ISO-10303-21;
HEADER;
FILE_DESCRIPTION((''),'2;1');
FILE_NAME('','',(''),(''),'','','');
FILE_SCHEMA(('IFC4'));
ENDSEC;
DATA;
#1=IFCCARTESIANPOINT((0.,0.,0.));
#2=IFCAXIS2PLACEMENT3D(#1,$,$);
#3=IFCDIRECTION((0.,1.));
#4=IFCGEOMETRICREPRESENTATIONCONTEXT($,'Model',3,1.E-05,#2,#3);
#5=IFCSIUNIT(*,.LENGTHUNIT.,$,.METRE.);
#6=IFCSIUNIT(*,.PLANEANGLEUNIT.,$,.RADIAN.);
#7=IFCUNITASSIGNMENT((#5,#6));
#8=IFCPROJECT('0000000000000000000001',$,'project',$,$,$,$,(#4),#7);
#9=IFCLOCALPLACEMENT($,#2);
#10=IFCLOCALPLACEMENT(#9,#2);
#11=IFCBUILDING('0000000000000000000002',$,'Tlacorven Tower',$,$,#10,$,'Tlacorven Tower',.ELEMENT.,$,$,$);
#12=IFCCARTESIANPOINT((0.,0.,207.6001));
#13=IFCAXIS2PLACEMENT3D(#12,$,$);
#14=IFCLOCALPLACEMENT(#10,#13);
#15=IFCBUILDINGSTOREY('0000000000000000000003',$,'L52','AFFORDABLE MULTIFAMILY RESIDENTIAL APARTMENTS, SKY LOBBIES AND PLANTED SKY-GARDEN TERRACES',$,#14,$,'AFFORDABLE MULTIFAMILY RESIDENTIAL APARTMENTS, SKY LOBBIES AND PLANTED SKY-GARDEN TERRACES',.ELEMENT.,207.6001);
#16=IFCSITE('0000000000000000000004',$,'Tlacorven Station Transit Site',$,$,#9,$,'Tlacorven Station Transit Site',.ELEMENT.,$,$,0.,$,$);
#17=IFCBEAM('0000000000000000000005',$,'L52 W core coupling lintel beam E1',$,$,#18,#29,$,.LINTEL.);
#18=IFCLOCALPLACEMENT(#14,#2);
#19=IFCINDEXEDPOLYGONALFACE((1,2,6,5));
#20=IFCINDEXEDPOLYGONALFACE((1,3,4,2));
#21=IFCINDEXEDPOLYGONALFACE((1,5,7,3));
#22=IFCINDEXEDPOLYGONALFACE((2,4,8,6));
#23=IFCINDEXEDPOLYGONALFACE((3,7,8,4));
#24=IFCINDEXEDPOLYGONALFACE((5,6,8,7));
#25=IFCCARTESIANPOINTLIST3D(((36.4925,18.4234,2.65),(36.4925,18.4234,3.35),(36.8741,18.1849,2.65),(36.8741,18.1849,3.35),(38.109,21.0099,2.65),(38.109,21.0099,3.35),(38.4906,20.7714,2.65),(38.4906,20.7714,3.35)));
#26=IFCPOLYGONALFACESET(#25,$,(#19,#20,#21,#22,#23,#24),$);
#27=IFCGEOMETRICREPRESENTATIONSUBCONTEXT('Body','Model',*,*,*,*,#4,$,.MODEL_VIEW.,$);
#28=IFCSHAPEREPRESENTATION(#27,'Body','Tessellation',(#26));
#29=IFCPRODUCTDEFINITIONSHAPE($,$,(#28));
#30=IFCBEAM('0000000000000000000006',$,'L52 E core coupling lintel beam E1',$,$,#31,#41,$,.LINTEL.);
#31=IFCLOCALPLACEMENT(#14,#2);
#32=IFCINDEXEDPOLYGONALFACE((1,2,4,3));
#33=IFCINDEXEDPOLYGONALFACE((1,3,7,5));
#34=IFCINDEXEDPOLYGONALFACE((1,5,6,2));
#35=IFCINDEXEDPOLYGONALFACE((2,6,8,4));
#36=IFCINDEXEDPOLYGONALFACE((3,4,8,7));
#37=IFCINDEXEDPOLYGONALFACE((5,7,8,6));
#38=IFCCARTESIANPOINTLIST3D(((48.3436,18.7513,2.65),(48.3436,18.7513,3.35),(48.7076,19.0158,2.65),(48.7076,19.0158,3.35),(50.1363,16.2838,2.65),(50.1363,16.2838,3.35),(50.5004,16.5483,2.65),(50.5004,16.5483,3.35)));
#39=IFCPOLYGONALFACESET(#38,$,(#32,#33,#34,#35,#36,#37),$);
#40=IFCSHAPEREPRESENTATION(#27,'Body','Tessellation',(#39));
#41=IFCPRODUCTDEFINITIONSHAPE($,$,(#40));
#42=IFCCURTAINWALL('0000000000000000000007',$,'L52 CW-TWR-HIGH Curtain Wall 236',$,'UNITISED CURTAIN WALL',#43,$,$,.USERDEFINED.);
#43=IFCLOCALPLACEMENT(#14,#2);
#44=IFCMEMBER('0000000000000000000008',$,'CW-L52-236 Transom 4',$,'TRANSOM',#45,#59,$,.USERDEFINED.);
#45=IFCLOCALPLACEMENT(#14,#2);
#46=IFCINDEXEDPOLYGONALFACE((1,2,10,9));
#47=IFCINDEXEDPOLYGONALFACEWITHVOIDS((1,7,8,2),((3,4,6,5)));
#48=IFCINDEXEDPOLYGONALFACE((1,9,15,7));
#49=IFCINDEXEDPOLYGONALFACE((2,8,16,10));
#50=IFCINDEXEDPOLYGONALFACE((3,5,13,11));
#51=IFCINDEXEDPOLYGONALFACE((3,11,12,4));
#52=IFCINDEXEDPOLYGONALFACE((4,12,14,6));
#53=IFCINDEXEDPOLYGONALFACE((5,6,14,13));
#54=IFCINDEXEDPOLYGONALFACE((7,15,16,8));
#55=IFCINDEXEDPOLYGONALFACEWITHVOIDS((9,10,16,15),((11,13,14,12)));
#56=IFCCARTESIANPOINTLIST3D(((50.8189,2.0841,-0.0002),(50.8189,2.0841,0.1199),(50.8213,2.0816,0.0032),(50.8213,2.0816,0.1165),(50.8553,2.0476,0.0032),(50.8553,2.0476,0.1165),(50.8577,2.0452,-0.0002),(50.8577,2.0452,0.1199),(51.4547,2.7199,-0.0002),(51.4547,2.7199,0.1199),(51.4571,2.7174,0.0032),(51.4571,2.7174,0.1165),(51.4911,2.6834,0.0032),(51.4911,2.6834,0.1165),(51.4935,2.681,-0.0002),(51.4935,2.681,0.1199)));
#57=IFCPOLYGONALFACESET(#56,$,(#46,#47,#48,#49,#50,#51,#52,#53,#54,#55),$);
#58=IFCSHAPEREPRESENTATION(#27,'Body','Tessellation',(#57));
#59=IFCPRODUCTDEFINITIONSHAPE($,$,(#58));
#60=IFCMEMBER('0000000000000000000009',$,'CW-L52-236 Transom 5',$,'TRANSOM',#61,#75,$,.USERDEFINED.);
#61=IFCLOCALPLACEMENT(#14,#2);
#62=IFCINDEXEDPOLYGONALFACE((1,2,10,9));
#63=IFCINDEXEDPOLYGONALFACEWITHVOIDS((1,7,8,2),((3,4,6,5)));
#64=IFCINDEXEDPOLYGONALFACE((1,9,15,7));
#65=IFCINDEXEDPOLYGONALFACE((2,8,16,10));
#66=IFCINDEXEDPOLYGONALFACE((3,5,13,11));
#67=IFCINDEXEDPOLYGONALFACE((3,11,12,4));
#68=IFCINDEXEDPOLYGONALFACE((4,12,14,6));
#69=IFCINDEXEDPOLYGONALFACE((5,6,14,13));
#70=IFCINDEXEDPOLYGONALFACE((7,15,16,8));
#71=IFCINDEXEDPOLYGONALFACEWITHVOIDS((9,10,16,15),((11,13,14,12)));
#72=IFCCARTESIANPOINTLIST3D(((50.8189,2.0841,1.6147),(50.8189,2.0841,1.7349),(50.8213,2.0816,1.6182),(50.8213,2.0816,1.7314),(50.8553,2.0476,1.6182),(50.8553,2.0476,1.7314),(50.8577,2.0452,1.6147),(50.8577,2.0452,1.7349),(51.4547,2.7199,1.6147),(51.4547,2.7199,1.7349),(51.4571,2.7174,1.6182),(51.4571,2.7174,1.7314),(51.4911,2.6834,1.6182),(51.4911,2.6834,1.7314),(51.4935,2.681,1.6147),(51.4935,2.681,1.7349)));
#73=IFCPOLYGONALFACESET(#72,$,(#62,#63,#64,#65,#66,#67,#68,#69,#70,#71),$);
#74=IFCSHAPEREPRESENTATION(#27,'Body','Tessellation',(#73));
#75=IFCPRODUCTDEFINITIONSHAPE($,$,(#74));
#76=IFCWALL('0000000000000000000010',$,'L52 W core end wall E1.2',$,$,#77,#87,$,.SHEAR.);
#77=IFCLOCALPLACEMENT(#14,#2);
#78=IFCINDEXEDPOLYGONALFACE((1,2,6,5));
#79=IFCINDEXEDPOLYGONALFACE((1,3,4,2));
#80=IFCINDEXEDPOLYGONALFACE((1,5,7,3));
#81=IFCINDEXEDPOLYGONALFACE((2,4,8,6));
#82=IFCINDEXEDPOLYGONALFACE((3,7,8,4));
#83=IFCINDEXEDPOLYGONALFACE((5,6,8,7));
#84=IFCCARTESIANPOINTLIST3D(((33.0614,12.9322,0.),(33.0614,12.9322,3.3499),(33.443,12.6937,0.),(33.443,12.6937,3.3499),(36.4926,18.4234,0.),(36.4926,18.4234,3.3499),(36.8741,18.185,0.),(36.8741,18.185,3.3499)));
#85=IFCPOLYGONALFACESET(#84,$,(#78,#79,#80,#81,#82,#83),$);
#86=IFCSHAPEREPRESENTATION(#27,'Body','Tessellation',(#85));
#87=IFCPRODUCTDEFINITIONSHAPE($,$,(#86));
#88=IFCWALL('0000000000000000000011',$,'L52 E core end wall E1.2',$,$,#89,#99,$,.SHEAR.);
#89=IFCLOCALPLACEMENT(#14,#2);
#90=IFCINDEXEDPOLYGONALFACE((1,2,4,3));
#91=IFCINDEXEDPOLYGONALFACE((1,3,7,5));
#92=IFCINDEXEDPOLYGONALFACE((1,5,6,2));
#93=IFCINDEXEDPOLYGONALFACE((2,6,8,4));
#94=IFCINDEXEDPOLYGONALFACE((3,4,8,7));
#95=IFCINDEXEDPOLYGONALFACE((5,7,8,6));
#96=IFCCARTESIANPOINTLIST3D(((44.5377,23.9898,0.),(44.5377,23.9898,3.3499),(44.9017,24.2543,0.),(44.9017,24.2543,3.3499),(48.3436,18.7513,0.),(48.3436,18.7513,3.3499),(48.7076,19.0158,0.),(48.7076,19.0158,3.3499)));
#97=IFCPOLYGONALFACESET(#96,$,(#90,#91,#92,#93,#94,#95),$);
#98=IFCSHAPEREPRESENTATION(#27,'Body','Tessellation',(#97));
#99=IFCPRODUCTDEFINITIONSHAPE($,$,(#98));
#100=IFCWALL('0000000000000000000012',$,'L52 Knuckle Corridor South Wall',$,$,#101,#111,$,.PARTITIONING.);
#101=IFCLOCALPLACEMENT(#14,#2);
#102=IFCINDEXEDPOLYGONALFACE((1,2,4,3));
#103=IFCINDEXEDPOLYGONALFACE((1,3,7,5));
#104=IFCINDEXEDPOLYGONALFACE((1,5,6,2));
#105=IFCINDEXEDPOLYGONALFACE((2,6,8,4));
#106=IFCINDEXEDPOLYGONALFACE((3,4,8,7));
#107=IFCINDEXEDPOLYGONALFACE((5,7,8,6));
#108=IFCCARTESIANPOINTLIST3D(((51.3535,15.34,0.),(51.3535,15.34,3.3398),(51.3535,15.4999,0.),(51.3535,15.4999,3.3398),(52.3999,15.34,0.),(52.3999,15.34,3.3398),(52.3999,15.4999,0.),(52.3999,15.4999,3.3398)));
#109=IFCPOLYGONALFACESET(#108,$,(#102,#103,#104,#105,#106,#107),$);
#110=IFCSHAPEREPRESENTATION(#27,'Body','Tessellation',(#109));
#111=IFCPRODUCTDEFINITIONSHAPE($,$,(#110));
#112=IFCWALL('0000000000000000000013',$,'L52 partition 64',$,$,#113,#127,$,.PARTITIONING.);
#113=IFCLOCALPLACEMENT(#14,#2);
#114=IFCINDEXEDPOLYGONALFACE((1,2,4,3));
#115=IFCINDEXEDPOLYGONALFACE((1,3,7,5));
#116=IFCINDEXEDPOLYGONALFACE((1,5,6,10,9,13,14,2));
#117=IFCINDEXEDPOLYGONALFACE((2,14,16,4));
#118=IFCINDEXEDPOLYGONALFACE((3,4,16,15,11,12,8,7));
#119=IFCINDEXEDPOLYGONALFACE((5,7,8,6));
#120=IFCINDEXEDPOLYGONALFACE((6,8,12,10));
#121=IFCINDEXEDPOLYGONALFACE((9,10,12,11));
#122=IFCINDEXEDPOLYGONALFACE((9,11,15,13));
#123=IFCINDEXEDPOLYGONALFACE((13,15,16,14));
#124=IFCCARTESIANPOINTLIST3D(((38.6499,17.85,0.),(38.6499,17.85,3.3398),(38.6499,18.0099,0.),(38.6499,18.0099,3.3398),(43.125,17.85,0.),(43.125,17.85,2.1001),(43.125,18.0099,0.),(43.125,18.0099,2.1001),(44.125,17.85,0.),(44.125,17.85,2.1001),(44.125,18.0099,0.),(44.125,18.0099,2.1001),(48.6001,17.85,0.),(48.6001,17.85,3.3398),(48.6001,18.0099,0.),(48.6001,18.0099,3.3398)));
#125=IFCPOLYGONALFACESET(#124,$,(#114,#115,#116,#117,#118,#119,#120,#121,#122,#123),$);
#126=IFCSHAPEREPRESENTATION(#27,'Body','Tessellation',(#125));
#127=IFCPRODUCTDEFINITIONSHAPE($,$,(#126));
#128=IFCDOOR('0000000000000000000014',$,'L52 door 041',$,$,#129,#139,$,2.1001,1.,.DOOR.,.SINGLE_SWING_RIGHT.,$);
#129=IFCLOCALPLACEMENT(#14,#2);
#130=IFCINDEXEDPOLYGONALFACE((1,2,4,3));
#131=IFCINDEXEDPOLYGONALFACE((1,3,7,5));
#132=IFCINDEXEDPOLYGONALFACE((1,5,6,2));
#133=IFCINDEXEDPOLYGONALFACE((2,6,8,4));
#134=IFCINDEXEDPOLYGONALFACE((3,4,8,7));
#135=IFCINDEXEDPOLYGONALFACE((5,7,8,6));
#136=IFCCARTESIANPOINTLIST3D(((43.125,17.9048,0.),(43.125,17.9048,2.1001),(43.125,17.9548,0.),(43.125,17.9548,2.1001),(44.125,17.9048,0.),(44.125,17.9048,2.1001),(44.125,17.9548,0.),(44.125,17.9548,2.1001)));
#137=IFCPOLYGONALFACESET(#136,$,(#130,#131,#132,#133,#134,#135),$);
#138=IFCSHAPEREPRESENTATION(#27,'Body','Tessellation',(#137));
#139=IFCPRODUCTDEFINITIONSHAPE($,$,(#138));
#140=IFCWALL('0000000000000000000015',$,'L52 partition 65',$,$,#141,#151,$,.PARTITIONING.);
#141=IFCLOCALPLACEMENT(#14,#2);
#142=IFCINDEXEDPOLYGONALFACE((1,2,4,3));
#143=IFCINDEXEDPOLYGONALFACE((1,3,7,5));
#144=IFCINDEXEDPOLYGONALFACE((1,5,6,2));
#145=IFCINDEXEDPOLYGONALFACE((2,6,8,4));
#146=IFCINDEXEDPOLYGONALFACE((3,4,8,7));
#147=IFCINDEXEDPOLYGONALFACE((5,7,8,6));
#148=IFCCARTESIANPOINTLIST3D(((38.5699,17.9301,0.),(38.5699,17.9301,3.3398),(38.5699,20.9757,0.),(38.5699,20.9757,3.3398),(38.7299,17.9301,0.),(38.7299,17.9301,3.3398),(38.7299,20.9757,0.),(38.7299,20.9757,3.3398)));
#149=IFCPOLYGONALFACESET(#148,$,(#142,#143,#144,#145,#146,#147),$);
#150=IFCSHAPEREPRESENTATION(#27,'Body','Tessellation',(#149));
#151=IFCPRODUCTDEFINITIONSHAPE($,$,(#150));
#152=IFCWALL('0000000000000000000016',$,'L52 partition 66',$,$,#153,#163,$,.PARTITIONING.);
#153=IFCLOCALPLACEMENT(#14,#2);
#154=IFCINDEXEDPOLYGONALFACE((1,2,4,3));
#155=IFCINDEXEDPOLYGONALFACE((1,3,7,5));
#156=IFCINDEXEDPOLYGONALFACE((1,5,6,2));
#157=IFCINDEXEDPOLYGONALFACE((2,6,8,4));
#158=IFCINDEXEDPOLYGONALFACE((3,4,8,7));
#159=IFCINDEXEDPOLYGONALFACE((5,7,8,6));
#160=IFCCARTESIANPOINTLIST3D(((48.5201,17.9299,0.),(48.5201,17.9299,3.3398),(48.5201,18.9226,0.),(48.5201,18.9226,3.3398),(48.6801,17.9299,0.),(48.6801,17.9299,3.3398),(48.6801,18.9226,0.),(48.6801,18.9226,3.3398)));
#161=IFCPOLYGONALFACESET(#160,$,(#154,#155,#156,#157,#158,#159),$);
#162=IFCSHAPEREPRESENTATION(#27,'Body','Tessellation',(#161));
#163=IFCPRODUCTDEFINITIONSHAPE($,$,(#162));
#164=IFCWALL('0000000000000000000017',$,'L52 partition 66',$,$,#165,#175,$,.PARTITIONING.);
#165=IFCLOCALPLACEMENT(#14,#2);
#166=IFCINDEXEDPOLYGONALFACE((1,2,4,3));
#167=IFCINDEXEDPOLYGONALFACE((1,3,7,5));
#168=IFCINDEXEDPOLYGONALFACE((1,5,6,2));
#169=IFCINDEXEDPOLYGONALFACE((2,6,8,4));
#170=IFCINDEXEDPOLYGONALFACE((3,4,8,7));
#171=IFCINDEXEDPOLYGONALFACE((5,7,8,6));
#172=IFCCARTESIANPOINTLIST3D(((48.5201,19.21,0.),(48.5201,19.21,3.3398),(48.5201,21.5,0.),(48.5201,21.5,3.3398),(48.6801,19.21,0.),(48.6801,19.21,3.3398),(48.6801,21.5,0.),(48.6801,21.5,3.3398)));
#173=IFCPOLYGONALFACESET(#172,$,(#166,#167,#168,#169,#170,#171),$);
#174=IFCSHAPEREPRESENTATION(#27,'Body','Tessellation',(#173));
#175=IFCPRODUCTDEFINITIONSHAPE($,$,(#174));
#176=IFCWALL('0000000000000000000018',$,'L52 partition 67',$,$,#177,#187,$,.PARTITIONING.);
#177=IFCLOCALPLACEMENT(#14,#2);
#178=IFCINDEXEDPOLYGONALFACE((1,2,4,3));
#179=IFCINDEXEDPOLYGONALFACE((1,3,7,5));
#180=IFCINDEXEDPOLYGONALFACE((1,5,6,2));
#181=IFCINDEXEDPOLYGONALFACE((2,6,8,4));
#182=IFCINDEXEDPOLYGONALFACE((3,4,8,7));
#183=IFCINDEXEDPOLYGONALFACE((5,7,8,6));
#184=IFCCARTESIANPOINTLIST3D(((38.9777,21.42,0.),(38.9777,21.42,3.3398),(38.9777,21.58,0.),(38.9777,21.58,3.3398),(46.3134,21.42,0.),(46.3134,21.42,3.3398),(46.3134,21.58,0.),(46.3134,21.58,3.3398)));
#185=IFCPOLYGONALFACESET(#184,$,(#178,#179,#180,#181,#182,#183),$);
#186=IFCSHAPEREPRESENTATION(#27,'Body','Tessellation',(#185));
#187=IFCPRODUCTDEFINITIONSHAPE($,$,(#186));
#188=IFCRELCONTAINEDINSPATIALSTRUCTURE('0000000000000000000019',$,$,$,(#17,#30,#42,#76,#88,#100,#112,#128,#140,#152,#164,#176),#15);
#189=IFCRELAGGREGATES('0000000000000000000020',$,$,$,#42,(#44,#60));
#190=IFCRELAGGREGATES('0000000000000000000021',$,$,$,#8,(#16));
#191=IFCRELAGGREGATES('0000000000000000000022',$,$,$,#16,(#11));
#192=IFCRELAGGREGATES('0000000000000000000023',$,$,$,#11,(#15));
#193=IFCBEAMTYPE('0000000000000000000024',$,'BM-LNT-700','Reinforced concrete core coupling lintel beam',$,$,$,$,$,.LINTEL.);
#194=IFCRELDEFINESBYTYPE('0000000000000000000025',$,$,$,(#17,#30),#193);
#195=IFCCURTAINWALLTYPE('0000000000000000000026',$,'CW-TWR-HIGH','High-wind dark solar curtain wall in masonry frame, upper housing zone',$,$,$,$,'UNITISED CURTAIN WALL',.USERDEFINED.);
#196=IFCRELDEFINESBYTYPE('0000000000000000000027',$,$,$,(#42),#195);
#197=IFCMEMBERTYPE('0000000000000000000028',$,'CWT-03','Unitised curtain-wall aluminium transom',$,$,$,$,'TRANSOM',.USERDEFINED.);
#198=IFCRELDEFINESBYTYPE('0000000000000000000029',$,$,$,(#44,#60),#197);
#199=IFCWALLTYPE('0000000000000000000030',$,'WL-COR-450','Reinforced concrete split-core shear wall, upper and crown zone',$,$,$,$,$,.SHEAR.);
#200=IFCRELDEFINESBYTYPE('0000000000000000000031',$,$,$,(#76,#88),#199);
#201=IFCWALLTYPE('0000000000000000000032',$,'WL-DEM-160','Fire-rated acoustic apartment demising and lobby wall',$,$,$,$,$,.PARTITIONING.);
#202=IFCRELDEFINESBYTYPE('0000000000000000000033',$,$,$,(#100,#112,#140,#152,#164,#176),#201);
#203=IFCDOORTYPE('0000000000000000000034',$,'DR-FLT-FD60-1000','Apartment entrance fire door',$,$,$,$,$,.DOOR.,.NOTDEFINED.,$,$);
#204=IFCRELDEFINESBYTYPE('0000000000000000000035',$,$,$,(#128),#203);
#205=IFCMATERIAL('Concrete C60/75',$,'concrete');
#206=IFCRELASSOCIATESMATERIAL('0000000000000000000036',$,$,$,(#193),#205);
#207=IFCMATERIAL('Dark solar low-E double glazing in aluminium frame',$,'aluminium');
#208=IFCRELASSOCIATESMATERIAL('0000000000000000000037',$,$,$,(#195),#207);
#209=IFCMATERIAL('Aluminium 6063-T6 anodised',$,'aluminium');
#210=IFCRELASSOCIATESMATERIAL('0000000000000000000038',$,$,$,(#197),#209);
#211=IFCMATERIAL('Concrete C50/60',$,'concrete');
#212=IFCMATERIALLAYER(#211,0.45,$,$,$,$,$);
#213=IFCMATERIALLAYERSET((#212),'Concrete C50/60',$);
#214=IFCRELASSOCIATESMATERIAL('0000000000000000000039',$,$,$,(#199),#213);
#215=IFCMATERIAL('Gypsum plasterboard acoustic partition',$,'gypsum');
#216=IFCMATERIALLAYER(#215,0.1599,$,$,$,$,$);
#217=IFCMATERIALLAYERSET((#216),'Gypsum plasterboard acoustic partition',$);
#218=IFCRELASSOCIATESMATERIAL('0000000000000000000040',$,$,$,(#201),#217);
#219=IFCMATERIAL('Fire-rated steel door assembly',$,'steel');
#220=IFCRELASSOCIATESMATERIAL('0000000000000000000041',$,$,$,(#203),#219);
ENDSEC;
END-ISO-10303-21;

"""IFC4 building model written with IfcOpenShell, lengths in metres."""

from ifc_helpers import new_model, si_unit, direction, frame, frame_2d, origin, origin_2d, place, context, subcontext, project, spatial, rectangle, hollow_rectangle, extrude, source, transform, mapped, material, layer, layer_set, material_profile, profile_set, type_object, element, fill, aggregate, save


model = new_model("IFC4")

# Units and contexts
model_context = context("Model", 3, precision=1e-05, world=origin(), true_north=direction((0.0, 1.0)))
body_context = subcontext(model_context, "Body", "Model", "MODEL_VIEW")
ifc_project = project(units=[si_unit("LENGTHUNIT", "METRE"), si_unit("PLANEANGLEUNIT", "RADIAN")], contexts=[model_context])

# Site, building, storey
site_placement = place(None, origin())
site = spatial("IfcSite", under=ifc_project, at=site_placement, Name="Tlacorven Station Transit Site", LongName="Tlacorven Station Transit Site", CompositionType="ELEMENT", RefElevation=0.0)
building_placement = place(site_placement, origin())
building = spatial("IfcBuilding", under=site, at=building_placement, Name="Tlacorven Tower", LongName="Tlacorven Tower", CompositionType="ELEMENT")
storey_placement = place(building_placement, frame((0.0, 0.0, 207.6001)))
storey = spatial("IfcBuildingStorey", under=building, at=storey_placement, Name="L52", Description="AFFORDABLE MULTIFAMILY RESIDENTIAL APARTMENTS, SKY LOBBIES AND PLANTED SKY-GARDEN TERRACES", LongName="AFFORDABLE MULTIFAMILY RESIDENTIAL APARTMENTS, SKY LOBBIES AND PLANTED SKY-GARDEN TERRACES", CompositionType="ELEMENT", Elevation=207.6001)

# Beams
ifc_material_1 = material(Name="Concrete C60/75", Category="concrete")
ifc_material_profile_1 = material_profile(ifc_material_1, rectangle(XDim=0.45, YDim=0.7, at=origin_2d()), Name="RC 450X700")
ifc_profile_set_1 = profile_set([ifc_material_profile_1], Name="Concrete C60/75")
beam_type = type_object("IfcBeamType", Name="BM-LNT-700", Description="Reinforced concrete core coupling lintel beam", PredefinedType="LINTEL", material=ifc_profile_set_1)
shared_shape_1 = source(origin(), body_context, "Body", "SweptSolid", [
    extrude(rectangle(XDim=0.45, YDim=0.7, at=origin_2d()), origin(), (0.0, 0.0, 1.0), 3.05),
])
for number, where, z_axis, x_axis, name in (
    (1, (38.2998, 20.8906, 3.0), (-0.529985, -0.848007, 0.0), (0.848007, -0.529985, 0.0), "L52 W core coupling lintel beam E1"),
    (2, (50.3184, 16.416, 3.0), (-0.587777, 0.809023, 0.0), (-0.809023, -0.587777, 0.0), "L52 E core coupling lintel beam E1"),
):
    element("IfcBeam", number, at=place(storey_placement, frame(where, z_axis=z_axis, x_axis=x_axis)), inside=storey, type_object=beam_type, Name=name, PredefinedType="LINTEL", context=body_context, shape_type="MappedRepresentation", body=[
        mapped(shared_shape_1, transform((0.0, 0.0, 0.0), scale=1.0)),
    ])

# Curtain wall, members
ifc_material_2 = material(Name="Dark solar low-E double glazing in aluminium frame", Category="aluminium")
curtain_wall_type = type_object("IfcCurtainWallType", Name="CW-TWR-HIGH", Description="High-wind dark solar curtain wall in masonry frame, upper housing zone", ElementType="UNITISED CURTAIN WALL", PredefinedType="USERDEFINED", material=ifc_material_2)
curtain_wall_placement = place(storey_placement, origin())
curtain_wall = element("IfcCurtainWall", 3, at=curtain_wall_placement, inside=storey, type_object=curtain_wall_type, Name="L52 CW-TWR-HIGH Curtain Wall 236", ObjectType="UNITISED CURTAIN WALL", PredefinedType="USERDEFINED")
ifc_material_3 = material(Name="Aluminium 6063-T6 anodised", Category="aluminium")
ifc_material_profile_2 = material_profile(ifc_material_3, hollow_rectangle(XDim=0.0549, YDim=0.1201, WallThickness=0.0034, at=origin_2d()), Name="ALU TRANSOM 55X120")
ifc_profile_set_2 = profile_set([ifc_material_profile_2], Name="Aluminium 6063-T6 anodised")
member_type = type_object("IfcMemberType", Name="CWT-03", Description="Unitised curtain-wall aluminium transom", ElementType="TRANSOM", PredefinedType="USERDEFINED", material=ifc_profile_set_2)
shared_shape_2 = source(origin(), body_context, "Body", "SweptSolid", [
    extrude(hollow_rectangle(XDim=0.0549, YDim=0.1201, WallThickness=0.0034, at=origin_2d()), origin(), (0.0, 0.0, 1.0), 0.8992),
])
member_1_placement = place(storey_placement, frame((51.4741, 2.7004, 0.0598), z_axis=(-0.707107, -0.707107, 0.0), x_axis=(0.707107, -0.707107, 0.0)))
member_1 = element("IfcMember", 4, at=member_1_placement, type_object=member_type, Name="CW-L52-236 Transom 4", ObjectType="TRANSOM", PredefinedType="USERDEFINED", context=body_context, shape_type="MappedRepresentation", body=[
    mapped(shared_shape_2, transform((0.0, 0.0, 0.0), scale=1.0)),
])
member_2_placement = place(storey_placement, frame((51.4741, 2.7004, 1.6748), z_axis=(-0.707107, -0.707107, 0.0), x_axis=(0.707107, -0.707107, 0.0)))
member_2 = element("IfcMember", 5, at=member_2_placement, type_object=member_type, Name="CW-L52-236 Transom 5", ObjectType="TRANSOM", PredefinedType="USERDEFINED", context=body_context, shape_type="MappedRepresentation", body=[
    mapped(shared_shape_2, transform((0.0, 0.0, 0.0), scale=1.0)),
])
aggregate(curtain_wall, [member_1, member_2])

# Walls
ifc_material_4 = material(Name="Concrete C50/60", Category="concrete")
ifc_layer_1 = layer(ifc_material_4, 0.45)
ifc_layer_set_1 = layer_set([ifc_layer_1], Name="Concrete C50/60")
wall_type_1 = type_object("IfcWallType", Name="WL-COR-450", Description="Reinforced concrete split-core shear wall, upper and crown zone", PredefinedType="SHEAR", material=ifc_layer_set_1)
for number, where, z_axis, x_axis, name in (
    (6, (36.6833, 18.3042, 0.0), (0.0, 0.0, 1.0), (-0.529904, -0.848058, 0.0), "L52 W core end wall E1.2"),
    (7, (48.5256, 18.8835, 0.0), (0.0, 0.0, 1.0), (-0.587775, 0.809025, 0.0), "L52 E core end wall E1.2"),
):
    element("IfcWall", number, at=place(storey_placement, frame(where, z_axis=z_axis, x_axis=x_axis)), inside=storey, type_object=wall_type_1, Name=name, PredefinedType="SHEAR", context=body_context, shape_type="SweptSolid", body=[
        extrude(rectangle(XDim=6.4751, YDim=0.45, at=frame_2d((3.2375, 0.0))), origin(), (0.0, 0.0, 1.0), 3.3499),
    ])
ifc_material_5 = material(Name="Gypsum plasterboard acoustic partition", Category="gypsum")
ifc_layer_2 = layer(ifc_material_5, 0.1599)
ifc_layer_set_2 = layer_set([ifc_layer_2], Name="Gypsum plasterboard acoustic partition")
wall_type_2 = type_object("IfcWallType", Name="WL-DEM-160", Description="Fire-rated acoustic apartment demising and lobby wall", PredefinedType="PARTITIONING", material=ifc_layer_set_2)
wall_1_placement = place(storey_placement, frame((51.3535, 15.4199, 0.0), z_axis=(0.0, 0.0, 1.0), x_axis=(1.0, 0.0, 0.0)))
element("IfcWall", 8, at=wall_1_placement, inside=storey, type_object=wall_type_2, Name="L52 Knuckle Corridor South Wall", PredefinedType="PARTITIONING", context=body_context, shape_type="SweptSolid", body=[
    extrude(rectangle(XDim=1.0464, YDim=0.1599, at=frame_2d((0.5232, 0.0))), origin(), (0.0, 0.0, 1.0), 3.3398),
])

# Wall, opening, door
wall_2_placement = place(storey_placement, frame((38.6499, 17.9299, 0.0), z_axis=(0.0, 0.0, 1.0), x_axis=(1.0, 0.0, 0.0)))
wall_2 = element("IfcWall", 9, at=wall_2_placement, inside=storey, type_object=wall_type_2, Name="L52 partition 64", PredefinedType="PARTITIONING", context=body_context, shape_type="SweptSolid", body=[
    extrude(rectangle(XDim=9.9502, YDim=0.1599, at=frame_2d((4.9751, 0.0))), origin(), (0.0, 0.0, 1.0), 3.3398),
])
opening_1_placement = place(wall_2_placement, frame((4.4751, 0.0, 0.0)))
opening_1 = element("IfcOpeningElement", 10, at=opening_1_placement, cuts=wall_2, PredefinedType="OPENING", context=body_context, shape_type="SweptSolid", body=[
    extrude(rectangle(XDim=1.0, YDim=2.1001, at=frame_2d((0.5, 1.05))), frame((0.0, 0.0898, 0.0), z_axis=(0.0, -1.0, 0.0), x_axis=(1.0, 0.0, 0.0)), (0.0, 0.0, 1.0), 0.1799),
])
ifc_material_6 = material(Name="Fire-rated steel door assembly", Category="steel")
door_type_1 = type_object("IfcDoorType", Name="DR-FLT-FD60-1000", Description="Apartment entrance fire door", OperationType="NOTDEFINED", PredefinedType="DOOR", material=ifc_material_6)
shared_shape_3 = source(origin(), body_context, "Body", "SweptSolid", [
    extrude(rectangle(XDim=1.0, YDim=2.1001, at=frame_2d((0.5, 1.05))), frame((0.0, 0.0249, 0.0), z_axis=(0.0, -1.0, 0.0), x_axis=(1.0, 0.0, 0.0)), (0.0, 0.0, 1.0), 0.05),
])
door_1_placement = place(opening_1_placement, origin())
door_1 = element("IfcDoor", 11, at=door_1_placement, inside=storey, type_object=door_type_1, Name="L52 door 041", OperationType="SINGLE_SWING_RIGHT", OverallHeight=2.1001, OverallWidth=1.0, PredefinedType="DOOR", context=body_context, shape_type="MappedRepresentation", body=[
    mapped(shared_shape_3, transform((0.0, 0.0, 0.0), scale=1.0)),
])
fill(opening_1, door_1)

# Walls
wall_3_placement = place(storey_placement, frame((38.6499, 17.9299, 0.0), z_axis=(0.0, 0.0, 1.0), x_axis=(0.0, 1.0, 0.0)))
element("IfcWall", 12, at=wall_3_placement, inside=storey, type_object=wall_type_2, Name="L52 partition 65", PredefinedType="PARTITIONING", context=body_context, shape_type="SweptSolid", body=[
    extrude(rectangle(XDim=3.0457, YDim=0.1599, at=frame_2d((1.5229, 0.0))), origin(), (0.0, 0.0, 1.0), 3.3398),
])
wall_4_placement = place(storey_placement, frame((48.6001, 17.9299, 0.0), z_axis=(0.0, 0.0, 1.0), x_axis=(0.0, 1.0, 0.0)))
element("IfcWall", 13, at=wall_4_placement, inside=storey, type_object=wall_type_2, Name="L52 partition 66", PredefinedType="PARTITIONING", context=body_context, shape_type="SweptSolid", body=[
    extrude(rectangle(XDim=0.9927, YDim=0.1599, at=frame_2d((0.4963, 0.0))), origin(), (0.0, 0.0, 1.0), 3.3398),
])
wall_5_placement = place(storey_placement, frame((48.6001, 19.21, 0.0), z_axis=(0.0, 0.0, 1.0), x_axis=(0.0, 1.0, 0.0)))
element("IfcWall", 14, at=wall_5_placement, inside=storey, type_object=wall_type_2, Name="L52 partition 66", PredefinedType="PARTITIONING", context=body_context, shape_type="SweptSolid", body=[
    extrude(rectangle(XDim=2.29, YDim=0.1599, at=frame_2d((1.145, 0.0))), origin(), (0.0, 0.0, 1.0), 3.3398),
])
wall_6_placement = place(storey_placement, frame((38.9775, 21.5, 0.0), z_axis=(0.0, 0.0, 1.0), x_axis=(1.0, 0.0, 0.0)))
element("IfcWall", 15, at=wall_6_placement, inside=storey, type_object=wall_type_2, Name="L52 partition 67", PredefinedType="PARTITIONING", context=body_context, shape_type="SweptSolid", body=[
    extrude(rectangle(XDim=7.3357, YDim=0.1599, at=frame_2d((3.668, 0.0))), origin(), (0.0, 0.0, 1.0), 3.3398),
])

save(model, "model.ifc")
